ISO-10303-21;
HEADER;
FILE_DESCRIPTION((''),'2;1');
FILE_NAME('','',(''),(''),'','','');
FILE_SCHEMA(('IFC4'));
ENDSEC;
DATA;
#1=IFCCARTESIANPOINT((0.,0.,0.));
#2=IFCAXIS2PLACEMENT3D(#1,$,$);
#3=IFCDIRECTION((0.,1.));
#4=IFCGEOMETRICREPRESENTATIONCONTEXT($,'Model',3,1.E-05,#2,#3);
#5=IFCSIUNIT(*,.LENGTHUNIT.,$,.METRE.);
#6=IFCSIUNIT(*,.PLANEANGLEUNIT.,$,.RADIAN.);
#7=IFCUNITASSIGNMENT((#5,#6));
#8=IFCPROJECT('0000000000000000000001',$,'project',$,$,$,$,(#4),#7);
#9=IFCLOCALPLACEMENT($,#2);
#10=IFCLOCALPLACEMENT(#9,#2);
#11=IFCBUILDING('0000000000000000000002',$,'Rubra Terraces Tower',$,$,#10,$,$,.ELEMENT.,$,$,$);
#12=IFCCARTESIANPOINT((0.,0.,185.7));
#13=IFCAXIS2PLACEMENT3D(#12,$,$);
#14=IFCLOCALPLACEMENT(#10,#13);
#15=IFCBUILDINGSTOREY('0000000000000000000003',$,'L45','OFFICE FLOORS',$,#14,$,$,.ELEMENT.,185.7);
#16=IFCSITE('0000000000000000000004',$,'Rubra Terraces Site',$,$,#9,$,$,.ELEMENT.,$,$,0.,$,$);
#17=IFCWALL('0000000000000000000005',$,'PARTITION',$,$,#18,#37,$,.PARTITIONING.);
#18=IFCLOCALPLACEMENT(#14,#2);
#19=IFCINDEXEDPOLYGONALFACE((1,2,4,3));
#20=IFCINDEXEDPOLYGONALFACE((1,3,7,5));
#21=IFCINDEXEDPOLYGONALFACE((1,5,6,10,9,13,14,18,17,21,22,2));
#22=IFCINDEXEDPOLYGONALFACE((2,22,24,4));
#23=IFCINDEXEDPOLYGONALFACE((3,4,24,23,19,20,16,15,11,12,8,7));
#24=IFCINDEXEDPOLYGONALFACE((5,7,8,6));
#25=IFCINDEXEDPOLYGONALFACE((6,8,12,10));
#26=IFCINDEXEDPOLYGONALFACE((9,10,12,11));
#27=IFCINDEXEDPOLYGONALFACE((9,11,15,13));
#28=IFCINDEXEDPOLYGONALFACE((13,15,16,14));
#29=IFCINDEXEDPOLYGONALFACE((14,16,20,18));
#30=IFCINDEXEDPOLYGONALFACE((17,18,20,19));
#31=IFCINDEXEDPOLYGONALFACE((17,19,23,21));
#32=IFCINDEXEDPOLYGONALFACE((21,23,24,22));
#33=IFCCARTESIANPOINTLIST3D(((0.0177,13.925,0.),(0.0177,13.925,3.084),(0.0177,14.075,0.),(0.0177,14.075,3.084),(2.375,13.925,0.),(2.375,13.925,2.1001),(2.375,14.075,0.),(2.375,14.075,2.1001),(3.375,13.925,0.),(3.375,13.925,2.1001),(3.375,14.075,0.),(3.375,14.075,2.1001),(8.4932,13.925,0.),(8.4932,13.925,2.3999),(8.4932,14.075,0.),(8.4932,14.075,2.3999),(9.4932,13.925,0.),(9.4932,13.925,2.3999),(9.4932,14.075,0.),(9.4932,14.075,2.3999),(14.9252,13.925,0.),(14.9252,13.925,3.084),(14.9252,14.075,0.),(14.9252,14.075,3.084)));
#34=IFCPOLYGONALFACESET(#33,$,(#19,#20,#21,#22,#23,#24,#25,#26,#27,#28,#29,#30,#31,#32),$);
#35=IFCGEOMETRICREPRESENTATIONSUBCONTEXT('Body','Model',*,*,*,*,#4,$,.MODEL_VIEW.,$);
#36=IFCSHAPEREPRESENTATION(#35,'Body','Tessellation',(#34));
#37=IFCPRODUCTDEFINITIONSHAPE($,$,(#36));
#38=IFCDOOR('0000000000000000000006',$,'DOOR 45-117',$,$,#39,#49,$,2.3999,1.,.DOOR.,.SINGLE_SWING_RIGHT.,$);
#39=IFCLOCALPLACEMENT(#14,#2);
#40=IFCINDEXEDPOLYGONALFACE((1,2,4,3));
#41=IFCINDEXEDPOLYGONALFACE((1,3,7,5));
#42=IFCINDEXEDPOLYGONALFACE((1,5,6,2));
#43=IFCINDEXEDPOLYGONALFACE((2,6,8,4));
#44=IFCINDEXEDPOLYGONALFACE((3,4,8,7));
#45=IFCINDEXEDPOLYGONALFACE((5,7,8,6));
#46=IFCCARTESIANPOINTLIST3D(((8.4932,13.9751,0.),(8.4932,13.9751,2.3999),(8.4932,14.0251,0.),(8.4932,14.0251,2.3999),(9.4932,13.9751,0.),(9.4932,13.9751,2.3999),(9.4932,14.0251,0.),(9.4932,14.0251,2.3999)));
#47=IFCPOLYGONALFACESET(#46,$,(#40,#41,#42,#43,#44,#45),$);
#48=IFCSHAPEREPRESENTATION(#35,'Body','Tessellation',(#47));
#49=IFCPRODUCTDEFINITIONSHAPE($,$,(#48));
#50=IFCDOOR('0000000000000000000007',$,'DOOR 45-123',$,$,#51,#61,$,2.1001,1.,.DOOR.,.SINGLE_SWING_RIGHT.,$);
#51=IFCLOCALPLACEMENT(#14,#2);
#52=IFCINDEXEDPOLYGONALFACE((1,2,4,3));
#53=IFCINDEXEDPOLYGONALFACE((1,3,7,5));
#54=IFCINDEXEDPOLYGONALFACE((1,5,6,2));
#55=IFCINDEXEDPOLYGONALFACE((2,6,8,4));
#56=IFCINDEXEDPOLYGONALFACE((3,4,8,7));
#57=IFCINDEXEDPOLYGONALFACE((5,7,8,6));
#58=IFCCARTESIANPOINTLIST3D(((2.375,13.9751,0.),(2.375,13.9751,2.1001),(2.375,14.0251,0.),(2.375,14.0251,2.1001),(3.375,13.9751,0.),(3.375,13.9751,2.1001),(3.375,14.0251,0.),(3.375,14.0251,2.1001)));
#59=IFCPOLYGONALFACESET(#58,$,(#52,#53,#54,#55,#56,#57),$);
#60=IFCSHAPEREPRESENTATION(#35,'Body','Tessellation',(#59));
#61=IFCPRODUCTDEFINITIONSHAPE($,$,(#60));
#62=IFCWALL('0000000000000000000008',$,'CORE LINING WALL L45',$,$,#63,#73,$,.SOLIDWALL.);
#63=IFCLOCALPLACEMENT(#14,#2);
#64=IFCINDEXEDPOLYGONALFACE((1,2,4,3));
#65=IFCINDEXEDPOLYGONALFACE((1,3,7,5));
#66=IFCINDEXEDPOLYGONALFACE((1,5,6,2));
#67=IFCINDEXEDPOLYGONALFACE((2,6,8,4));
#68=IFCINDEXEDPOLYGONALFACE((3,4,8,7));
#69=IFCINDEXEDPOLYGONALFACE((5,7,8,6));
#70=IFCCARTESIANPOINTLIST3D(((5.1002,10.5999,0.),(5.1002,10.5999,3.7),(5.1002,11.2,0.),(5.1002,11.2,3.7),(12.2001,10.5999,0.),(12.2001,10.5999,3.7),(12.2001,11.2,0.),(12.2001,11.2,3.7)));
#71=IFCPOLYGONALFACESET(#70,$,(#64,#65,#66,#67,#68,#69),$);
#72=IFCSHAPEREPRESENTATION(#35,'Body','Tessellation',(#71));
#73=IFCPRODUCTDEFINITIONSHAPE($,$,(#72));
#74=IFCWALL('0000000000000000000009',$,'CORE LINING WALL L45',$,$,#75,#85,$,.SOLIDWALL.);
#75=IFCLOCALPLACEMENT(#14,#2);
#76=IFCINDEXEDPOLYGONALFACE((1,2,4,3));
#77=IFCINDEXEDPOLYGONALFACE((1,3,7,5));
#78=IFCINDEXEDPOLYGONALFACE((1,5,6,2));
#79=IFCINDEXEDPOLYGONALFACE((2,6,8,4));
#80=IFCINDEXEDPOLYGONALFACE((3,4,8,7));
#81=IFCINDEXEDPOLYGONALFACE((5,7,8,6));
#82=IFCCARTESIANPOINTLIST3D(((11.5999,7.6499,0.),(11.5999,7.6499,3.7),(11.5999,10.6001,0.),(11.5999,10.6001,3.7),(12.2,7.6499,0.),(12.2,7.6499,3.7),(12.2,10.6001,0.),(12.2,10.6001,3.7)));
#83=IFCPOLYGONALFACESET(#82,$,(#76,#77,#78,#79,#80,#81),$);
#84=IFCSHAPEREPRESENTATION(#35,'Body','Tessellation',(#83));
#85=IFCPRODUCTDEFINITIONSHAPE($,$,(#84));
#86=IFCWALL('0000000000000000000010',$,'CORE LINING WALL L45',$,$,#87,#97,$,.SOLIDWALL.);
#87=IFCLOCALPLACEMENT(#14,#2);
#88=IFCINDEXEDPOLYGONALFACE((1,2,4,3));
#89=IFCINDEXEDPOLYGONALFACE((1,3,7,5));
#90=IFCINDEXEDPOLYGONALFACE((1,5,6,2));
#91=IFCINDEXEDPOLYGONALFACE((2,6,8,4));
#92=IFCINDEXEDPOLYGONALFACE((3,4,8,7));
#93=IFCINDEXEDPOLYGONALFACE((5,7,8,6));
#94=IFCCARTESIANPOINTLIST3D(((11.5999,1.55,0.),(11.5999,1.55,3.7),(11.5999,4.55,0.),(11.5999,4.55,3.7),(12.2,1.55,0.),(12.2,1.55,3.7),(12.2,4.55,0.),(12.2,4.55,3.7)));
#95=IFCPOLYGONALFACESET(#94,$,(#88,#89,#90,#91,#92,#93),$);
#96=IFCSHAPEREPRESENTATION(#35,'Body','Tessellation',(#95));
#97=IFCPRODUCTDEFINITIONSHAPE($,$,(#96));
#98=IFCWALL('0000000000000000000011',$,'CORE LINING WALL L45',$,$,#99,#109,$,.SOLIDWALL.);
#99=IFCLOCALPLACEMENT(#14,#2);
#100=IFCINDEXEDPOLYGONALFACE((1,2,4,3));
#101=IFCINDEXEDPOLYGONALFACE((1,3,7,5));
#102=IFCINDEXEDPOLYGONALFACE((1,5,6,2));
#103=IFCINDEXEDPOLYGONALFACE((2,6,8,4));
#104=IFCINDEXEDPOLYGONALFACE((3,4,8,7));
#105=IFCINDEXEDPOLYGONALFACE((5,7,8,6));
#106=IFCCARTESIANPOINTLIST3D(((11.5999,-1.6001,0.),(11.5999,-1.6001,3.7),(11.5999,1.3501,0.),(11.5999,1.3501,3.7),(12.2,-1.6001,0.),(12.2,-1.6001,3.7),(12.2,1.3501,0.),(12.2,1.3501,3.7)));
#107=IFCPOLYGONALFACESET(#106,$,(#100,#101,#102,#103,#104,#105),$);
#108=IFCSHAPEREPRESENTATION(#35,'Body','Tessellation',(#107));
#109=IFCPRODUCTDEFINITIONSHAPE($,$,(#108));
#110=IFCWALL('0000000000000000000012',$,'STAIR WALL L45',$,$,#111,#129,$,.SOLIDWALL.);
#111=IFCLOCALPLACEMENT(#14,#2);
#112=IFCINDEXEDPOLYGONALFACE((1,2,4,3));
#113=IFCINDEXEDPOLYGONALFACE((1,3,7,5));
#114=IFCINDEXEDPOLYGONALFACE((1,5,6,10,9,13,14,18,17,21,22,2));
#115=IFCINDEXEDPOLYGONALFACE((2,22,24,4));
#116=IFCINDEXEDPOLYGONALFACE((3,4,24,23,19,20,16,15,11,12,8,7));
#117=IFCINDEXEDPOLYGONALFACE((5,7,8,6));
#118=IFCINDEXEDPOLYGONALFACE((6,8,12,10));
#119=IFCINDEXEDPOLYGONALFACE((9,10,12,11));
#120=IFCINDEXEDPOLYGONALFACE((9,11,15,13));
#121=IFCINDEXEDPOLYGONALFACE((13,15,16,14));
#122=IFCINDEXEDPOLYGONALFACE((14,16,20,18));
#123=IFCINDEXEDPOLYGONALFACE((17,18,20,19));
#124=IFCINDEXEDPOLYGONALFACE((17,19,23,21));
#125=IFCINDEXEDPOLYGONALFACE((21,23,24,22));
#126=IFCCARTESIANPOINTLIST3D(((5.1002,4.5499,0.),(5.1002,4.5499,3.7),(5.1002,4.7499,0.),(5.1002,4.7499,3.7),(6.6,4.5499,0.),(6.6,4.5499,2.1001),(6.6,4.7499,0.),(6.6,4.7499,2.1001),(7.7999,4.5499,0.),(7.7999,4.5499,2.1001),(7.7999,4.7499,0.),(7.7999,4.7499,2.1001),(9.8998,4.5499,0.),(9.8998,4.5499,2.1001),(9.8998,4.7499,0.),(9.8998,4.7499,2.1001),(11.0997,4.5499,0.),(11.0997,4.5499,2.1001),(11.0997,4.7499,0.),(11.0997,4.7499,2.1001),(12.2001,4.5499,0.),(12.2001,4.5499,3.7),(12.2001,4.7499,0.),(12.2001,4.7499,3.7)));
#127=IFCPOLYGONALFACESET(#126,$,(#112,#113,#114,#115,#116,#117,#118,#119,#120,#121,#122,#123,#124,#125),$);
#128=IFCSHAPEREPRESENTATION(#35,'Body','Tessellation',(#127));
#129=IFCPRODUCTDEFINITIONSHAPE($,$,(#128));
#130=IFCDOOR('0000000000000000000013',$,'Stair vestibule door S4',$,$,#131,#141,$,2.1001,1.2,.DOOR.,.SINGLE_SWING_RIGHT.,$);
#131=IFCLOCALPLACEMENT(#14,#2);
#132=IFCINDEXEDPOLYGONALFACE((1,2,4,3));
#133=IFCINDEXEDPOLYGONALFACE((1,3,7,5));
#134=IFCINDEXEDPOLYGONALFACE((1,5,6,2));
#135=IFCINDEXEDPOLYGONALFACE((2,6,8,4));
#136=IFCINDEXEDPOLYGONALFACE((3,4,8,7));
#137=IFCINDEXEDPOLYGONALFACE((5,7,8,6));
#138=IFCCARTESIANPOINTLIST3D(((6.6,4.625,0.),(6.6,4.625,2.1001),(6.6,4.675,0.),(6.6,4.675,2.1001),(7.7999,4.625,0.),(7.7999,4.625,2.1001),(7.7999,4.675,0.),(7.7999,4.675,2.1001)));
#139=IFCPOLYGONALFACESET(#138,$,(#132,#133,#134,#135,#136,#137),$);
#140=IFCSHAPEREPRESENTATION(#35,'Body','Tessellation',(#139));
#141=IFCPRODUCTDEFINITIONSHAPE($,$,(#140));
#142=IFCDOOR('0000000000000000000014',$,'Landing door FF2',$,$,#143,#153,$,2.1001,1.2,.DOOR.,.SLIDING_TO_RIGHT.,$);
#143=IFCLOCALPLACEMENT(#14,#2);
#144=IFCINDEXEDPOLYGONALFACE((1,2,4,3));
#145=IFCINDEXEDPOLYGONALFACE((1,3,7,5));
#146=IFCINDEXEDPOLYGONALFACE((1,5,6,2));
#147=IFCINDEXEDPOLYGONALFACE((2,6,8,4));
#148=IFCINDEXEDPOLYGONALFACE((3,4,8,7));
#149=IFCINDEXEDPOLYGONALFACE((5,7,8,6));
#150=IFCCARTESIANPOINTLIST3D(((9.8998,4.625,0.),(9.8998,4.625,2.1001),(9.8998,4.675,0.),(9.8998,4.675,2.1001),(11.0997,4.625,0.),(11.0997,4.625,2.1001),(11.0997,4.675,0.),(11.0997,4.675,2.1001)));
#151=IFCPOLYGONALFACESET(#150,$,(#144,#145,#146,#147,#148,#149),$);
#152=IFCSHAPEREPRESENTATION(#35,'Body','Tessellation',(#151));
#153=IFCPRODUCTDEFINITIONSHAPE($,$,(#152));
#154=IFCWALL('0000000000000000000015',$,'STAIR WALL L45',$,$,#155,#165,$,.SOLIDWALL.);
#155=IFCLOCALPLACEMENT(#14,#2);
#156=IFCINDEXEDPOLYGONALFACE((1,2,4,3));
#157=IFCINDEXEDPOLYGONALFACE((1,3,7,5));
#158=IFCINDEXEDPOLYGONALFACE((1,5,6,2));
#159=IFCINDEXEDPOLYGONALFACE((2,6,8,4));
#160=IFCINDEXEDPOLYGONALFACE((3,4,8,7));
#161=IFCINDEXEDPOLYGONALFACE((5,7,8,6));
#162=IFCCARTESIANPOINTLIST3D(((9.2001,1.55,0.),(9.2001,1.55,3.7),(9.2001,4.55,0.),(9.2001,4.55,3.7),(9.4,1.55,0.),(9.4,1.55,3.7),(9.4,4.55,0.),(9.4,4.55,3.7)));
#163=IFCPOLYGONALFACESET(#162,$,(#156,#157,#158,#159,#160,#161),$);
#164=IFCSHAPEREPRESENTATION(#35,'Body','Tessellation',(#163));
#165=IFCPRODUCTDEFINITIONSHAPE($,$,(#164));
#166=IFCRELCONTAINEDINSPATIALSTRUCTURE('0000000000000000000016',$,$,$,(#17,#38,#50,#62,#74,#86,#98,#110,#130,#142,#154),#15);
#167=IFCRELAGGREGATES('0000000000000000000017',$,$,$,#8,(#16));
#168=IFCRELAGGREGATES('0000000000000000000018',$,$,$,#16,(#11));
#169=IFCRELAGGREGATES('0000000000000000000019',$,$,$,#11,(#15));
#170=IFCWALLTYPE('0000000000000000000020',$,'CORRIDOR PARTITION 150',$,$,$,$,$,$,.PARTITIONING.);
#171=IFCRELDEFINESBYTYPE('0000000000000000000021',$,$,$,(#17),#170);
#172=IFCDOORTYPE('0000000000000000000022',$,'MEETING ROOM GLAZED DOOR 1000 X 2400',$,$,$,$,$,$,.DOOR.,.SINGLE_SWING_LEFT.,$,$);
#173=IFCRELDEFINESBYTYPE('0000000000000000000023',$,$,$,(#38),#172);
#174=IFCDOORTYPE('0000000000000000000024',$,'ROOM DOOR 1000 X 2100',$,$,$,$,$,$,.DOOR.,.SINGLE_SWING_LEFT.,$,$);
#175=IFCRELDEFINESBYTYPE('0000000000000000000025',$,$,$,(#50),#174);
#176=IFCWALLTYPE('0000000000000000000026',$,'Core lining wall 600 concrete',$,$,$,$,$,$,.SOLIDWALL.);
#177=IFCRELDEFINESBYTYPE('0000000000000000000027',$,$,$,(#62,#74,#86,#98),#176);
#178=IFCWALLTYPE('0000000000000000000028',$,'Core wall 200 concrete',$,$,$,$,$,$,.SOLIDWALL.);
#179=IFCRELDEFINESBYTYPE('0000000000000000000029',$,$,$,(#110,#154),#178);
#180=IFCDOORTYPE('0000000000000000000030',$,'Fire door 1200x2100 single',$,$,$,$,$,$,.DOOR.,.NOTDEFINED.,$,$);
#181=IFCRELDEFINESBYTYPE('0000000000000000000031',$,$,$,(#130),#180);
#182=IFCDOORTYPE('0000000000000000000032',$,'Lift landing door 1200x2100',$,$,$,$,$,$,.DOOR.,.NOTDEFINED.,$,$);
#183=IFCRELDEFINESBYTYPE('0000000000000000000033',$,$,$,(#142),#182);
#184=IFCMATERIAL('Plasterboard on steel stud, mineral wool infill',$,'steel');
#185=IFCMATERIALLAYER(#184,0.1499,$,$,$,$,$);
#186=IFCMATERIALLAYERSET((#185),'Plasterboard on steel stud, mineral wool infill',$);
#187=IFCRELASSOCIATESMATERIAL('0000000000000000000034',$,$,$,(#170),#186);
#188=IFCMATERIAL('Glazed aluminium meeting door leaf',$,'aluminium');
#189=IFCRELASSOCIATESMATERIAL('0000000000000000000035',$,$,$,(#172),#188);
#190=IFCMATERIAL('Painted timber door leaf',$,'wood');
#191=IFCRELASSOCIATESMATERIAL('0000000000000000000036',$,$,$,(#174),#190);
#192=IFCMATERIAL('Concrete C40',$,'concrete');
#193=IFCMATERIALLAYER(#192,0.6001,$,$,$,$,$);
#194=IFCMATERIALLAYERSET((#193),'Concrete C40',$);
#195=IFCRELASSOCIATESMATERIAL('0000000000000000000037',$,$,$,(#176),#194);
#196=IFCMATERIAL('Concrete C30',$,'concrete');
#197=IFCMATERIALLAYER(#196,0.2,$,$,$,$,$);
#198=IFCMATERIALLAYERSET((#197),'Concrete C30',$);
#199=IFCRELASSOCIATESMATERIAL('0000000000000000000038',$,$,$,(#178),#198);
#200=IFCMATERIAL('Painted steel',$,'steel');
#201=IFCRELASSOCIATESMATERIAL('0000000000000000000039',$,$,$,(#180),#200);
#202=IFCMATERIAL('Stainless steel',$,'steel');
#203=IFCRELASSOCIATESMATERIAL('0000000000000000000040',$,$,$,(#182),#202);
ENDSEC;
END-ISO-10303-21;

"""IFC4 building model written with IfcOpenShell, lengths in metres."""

from ifc_helpers import new_model, si_unit, direction, frame, frame_2d, origin, place, context, subcontext, project, spatial, rectangle, extrude, material, layer, layer_set, type_object, element, fill, save


model = new_model("IFC4")

# Units and contexts
model_context = context("Model", 3, precision=1e-05, world=origin(), true_north=direction((0.0, 1.0)))
body_context = subcontext(model_context, "Body", "Model", "MODEL_VIEW")
ifc_project = project(units=[si_unit("LENGTHUNIT", "METRE"), si_unit("PLANEANGLEUNIT", "RADIAN")], contexts=[model_context])

# Site, building, storey
site_placement = place(None, origin())
site = spatial("IfcSite", under=ifc_project, at=site_placement, Name="Rubra Terraces Site", CompositionType="ELEMENT", RefElevation=0.0)
building_placement = place(site_placement, origin())
building = spatial("IfcBuilding", under=site, at=building_placement, Name="Rubra Terraces Tower", CompositionType="ELEMENT")
storey_placement = place(building_placement, frame((0.0, 0.0, 185.7)))
storey = spatial("IfcBuildingStorey", under=building, at=storey_placement, Name="L45", Description="OFFICE FLOORS", CompositionType="ELEMENT", Elevation=185.7)

# Wall, openings, doors
ifc_material_1 = material(Name="Plasterboard on steel stud, mineral wool infill", Category="steel")
ifc_layer_1 = layer(ifc_material_1, 0.1499)
ifc_layer_set_1 = layer_set([ifc_layer_1], Name="Plasterboard on steel stud, mineral wool infill")
wall_type_1 = type_object("IfcWallType", Name="CORRIDOR PARTITION 150", PredefinedType="PARTITIONING", material=ifc_layer_set_1)
wall_1_placement = place(storey_placement, frame((14.925, 14.0, 0.0), z_axis=(0.0, 0.0, 1.0), x_axis=(-1.0, 0.0, 0.0)))
wall_1 = element("IfcWall", 1, at=wall_1_placement, inside=storey, type_object=wall_type_1, Name="PARTITION", PredefinedType="PARTITIONING", context=body_context, shape_type="SweptSolid", body=[
    extrude(rectangle(XDim=14.9075, YDim=0.1499, at=frame_2d((7.4536, 0.0))), origin(), (0.0, 0.0, 1.0), 3.084),
])
opening_1_placement = place(wall_1_placement, frame((5.4319, 0.0, 0.0)))
opening_1 = element("IfcOpeningElement", 2, at=opening_1_placement, cuts=wall_1, PredefinedType="OPENING", context=body_context, shape_type="SweptSolid", body=[
    extrude(rectangle(XDim=1.0, YDim=2.3999, at=frame_2d((0.5, 1.2))), frame((0.0, 0.085, 0.0), z_axis=(0.0, -1.0, 0.0), x_axis=(1.0, 0.0, 0.0)), (0.0, 0.0, 1.0), 0.1699),
])
opening_2_placement = place(wall_1_placement, frame((11.55, 0.0, 0.0)))
opening_2 = element("IfcOpeningElement", 3, at=opening_2_placement, cuts=wall_1, PredefinedType="OPENING", context=body_context, shape_type="SweptSolid", body=[
    extrude(rectangle(XDim=1.0, YDim=2.1001, at=frame_2d((0.5, 1.05))), frame((0.0, 0.085, 0.0), z_axis=(0.0, -1.0, 0.0), x_axis=(1.0, 0.0, 0.0)), (0.0, 0.0, 1.0), 0.1699),
])
ifc_material_2 = material(Name="Glazed aluminium meeting door leaf", Category="aluminium")
door_type_1 = type_object("IfcDoorType", Name="MEETING ROOM GLAZED DOOR 1000 X 2400", OperationType="SINGLE_SWING_LEFT", PredefinedType="DOOR", material=ifc_material_2)
door_1_placement = place(opening_1_placement, origin())
door_1 = element("IfcDoor", 4, at=door_1_placement, inside=storey, type_object=door_type_1, Name="DOOR 45-117", OperationType="SINGLE_SWING_RIGHT", OverallHeight=2.3999, OverallWidth=1.0, PredefinedType="DOOR", context=body_context, shape_type="SweptSolid", body=[
    extrude(rectangle(XDim=1.0, YDim=2.3999, at=frame_2d((0.5, 1.2))), frame((0.0, 0.0249, 0.0), z_axis=(0.0, -1.0, 0.0), x_axis=(1.0, 0.0, 0.0)), (0.0, 0.0, 1.0), 0.05),
])
fill(opening_1, door_1)
ifc_material_3 = material(Name="Painted timber door leaf", Category="wood")
door_type_2 = type_object("IfcDoorType", Name="ROOM DOOR 1000 X 2100", OperationType="SINGLE_SWING_LEFT", PredefinedType="DOOR", material=ifc_material_3)
door_2_placement = place(opening_2_placement, origin())
door_2 = element("IfcDoor", 5, at=door_2_placement, inside=storey, type_object=door_type_2, Name="DOOR 45-123", OperationType="SINGLE_SWING_RIGHT", OverallHeight=2.1001, OverallWidth=1.0, PredefinedType="DOOR", context=body_context, shape_type="SweptSolid", body=[
    extrude(rectangle(XDim=1.0, YDim=2.1001, at=frame_2d((0.5, 1.05))), frame((0.0, 0.0249, 0.0), z_axis=(0.0, -1.0, 0.0), x_axis=(1.0, 0.0, 0.0)), (0.0, 0.0, 1.0), 0.05),
])
fill(opening_2, door_2)

# Walls
ifc_material_4 = material(Name="Concrete C40", Category="concrete")
ifc_layer_2 = layer(ifc_material_4, 0.6001)
ifc_layer_set_2 = layer_set([ifc_layer_2], Name="Concrete C40")
wall_type_2 = type_object("IfcWallType", Name="Core lining wall 600 concrete", PredefinedType="SOLIDWALL", material=ifc_layer_set_2)
wall_2_placement = place(storey_placement, frame((12.2, 10.8999, 0.0), z_axis=(0.0, 0.0, 1.0), x_axis=(-1.0, 0.0, 0.0)))
element("IfcWall", 6, at=wall_2_placement, inside=storey, type_object=wall_type_2, Name="CORE LINING WALL L45", PredefinedType="SOLIDWALL", context=body_context, shape_type="SweptSolid", body=[
    extrude(rectangle(XDim=7.0999, YDim=0.6001, at=frame_2d((3.5498, 0.0))), origin(), (0.0, 0.0, 1.0), 3.7),
])
wall_3_placement = place(storey_placement, frame((11.8999, 10.6001, 0.0), z_axis=(0.0, 0.0, 1.0), x_axis=(0.0, -1.0, 0.0)))
element("IfcWall", 7, at=wall_3_placement, inside=storey, type_object=wall_type_2, Name="CORE LINING WALL L45", PredefinedType="SOLIDWALL", context=body_context, shape_type="SweptSolid", body=[
    extrude(rectangle(XDim=2.9502, YDim=0.6001, at=frame_2d((1.4751, 0.0))), origin(), (0.0, 0.0, 1.0), 3.7),
])
wall_4_placement = place(storey_placement, frame((11.8999, 4.55, 0.0), z_axis=(0.0, 0.0, 1.0), x_axis=(0.0, -1.0, 0.0)))
element("IfcWall", 8, at=wall_4_placement, inside=storey, type_object=wall_type_2, Name="CORE LINING WALL L45", PredefinedType="SOLIDWALL", context=body_context, shape_type="SweptSolid", body=[
    extrude(rectangle(XDim=3.0, YDim=0.6001, at=frame_2d((1.5, 0.0))), origin(), (0.0, 0.0, 1.0), 3.7),
])
wall_5_placement = place(storey_placement, frame((11.8999, 1.3501, 0.0), z_axis=(0.0, 0.0, 1.0), x_axis=(0.0, -1.0, 0.0)))
element("IfcWall", 9, at=wall_5_placement, inside=storey, type_object=wall_type_2, Name="CORE LINING WALL L45", PredefinedType="SOLIDWALL", context=body_context, shape_type="SweptSolid", body=[
    extrude(rectangle(XDim=2.9502, YDim=0.6001, at=frame_2d((1.4751, 0.0))), origin(), (0.0, 0.0, 1.0), 3.7),
])

# Wall, openings, doors
ifc_material_5 = material(Name="Concrete C30", Category="concrete")
ifc_layer_3 = layer(ifc_material_5, 0.2)
ifc_layer_set_3 = layer_set([ifc_layer_3], Name="Concrete C30")
wall_type_3 = type_object("IfcWallType", Name="Core wall 200 concrete", PredefinedType="SOLIDWALL", material=ifc_layer_set_3)
wall_6_placement = place(storey_placement, frame((12.2, 4.6499, 0.0), z_axis=(0.0, 0.0, 1.0), x_axis=(-1.0, 0.0, 0.0)))
wall_6 = element("IfcWall", 10, at=wall_6_placement, inside=storey, type_object=wall_type_3, Name="STAIR WALL L45", PredefinedType="SOLIDWALL", context=body_context, shape_type="SweptSolid", body=[
    extrude(rectangle(XDim=7.0999, YDim=0.2, at=frame_2d((3.5498, 0.0))), origin(), (0.0, 0.0, 1.0), 3.7),
])
opening_3_placement = place(wall_6_placement, frame((4.3999, 0.0, 0.0)))
opening_3 = element("IfcOpeningElement", 11, at=opening_3_placement, cuts=wall_6, PredefinedType="OPENING", context=body_context, shape_type="SweptSolid", body=[
    extrude(rectangle(XDim=1.2, YDim=2.1001, at=frame_2d((0.6001, 1.05))), frame((0.0, 0.1099, 0.0), z_axis=(0.0, -1.0, 0.0), x_axis=(1.0, 0.0, 0.0)), (0.0, 0.0, 1.0), 0.22),
])
opening_4_placement = place(wall_6_placement, frame((1.1001, 0.0, 0.0)))
opening_4 = element("IfcOpeningElement", 12, at=opening_4_placement, cuts=wall_6, PredefinedType="OPENING", context=body_context, shape_type="SweptSolid", body=[
    extrude(rectangle(XDim=1.2, YDim=2.1001, at=frame_2d((0.6001, 1.05))), frame((0.0, 0.1099, 0.0), z_axis=(0.0, -1.0, 0.0), x_axis=(1.0, 0.0, 0.0)), (0.0, 0.0, 1.0), 0.22),
])
ifc_material_6 = material(Name="Painted steel", Category="steel")
door_type_3 = type_object("IfcDoorType", Name="Fire door 1200x2100 single", OperationType="NOTDEFINED", PredefinedType="DOOR", material=ifc_material_6)
door_3_placement = place(opening_3_placement, origin())
door_3 = element("IfcDoor", 13, at=door_3_placement, inside=storey, type_object=door_type_3, Name="Stair vestibule door S4", OperationType="SINGLE_SWING_RIGHT", OverallHeight=2.1001, OverallWidth=1.2, PredefinedType="DOOR", context=body_context, shape_type="SweptSolid", body=[
    extrude(rectangle(XDim=1.2, YDim=2.1001, at=frame_2d((0.6001, 1.05))), frame((0.0, 0.0249, 0.0), z_axis=(0.0, -1.0, 0.0), x_axis=(1.0, 0.0, 0.0)), (0.0, 0.0, 1.0), 0.05),
])
fill(opening_3, door_3)
ifc_material_7 = material(Name="Stainless steel", Category="steel")
door_type_4 = type_object("IfcDoorType", Name="Lift landing door 1200x2100", OperationType="NOTDEFINED", PredefinedType="DOOR", material=ifc_material_7)
door_4_placement = place(opening_4_placement, origin())
door_4 = element("IfcDoor", 14, at=door_4_placement, inside=storey, type_object=door_type_4, Name="Landing door FF2", OperationType="SLIDING_TO_RIGHT", OverallHeight=2.1001, OverallWidth=1.2, PredefinedType="DOOR", context=body_context, shape_type="SweptSolid", body=[
    extrude(rectangle(XDim=1.2, YDim=2.1001, at=frame_2d((0.6001, 1.05))), frame((0.0, 0.0249, 0.0), z_axis=(0.0, -1.0, 0.0), x_axis=(1.0, 0.0, 0.0)), (0.0, 0.0, 1.0), 0.05),
])
fill(opening_4, door_4)

# Wall
wall_7_placement = place(storey_placement, frame((9.3, 4.55, 0.0), z_axis=(0.0, 0.0, 1.0), x_axis=(0.0, -1.0, 0.0)))
element("IfcWall", 15, at=wall_7_placement, inside=storey, type_object=wall_type_3, Name="STAIR WALL L45", PredefinedType="SOLIDWALL", context=body_context, shape_type="SweptSolid", body=[
    extrude(rectangle(XDim=3.0, YDim=0.2, at=frame_2d((1.5, 0.0))), origin(), (0.0, 0.0, 1.0), 3.7),
])

save(model, "model.ifc")
